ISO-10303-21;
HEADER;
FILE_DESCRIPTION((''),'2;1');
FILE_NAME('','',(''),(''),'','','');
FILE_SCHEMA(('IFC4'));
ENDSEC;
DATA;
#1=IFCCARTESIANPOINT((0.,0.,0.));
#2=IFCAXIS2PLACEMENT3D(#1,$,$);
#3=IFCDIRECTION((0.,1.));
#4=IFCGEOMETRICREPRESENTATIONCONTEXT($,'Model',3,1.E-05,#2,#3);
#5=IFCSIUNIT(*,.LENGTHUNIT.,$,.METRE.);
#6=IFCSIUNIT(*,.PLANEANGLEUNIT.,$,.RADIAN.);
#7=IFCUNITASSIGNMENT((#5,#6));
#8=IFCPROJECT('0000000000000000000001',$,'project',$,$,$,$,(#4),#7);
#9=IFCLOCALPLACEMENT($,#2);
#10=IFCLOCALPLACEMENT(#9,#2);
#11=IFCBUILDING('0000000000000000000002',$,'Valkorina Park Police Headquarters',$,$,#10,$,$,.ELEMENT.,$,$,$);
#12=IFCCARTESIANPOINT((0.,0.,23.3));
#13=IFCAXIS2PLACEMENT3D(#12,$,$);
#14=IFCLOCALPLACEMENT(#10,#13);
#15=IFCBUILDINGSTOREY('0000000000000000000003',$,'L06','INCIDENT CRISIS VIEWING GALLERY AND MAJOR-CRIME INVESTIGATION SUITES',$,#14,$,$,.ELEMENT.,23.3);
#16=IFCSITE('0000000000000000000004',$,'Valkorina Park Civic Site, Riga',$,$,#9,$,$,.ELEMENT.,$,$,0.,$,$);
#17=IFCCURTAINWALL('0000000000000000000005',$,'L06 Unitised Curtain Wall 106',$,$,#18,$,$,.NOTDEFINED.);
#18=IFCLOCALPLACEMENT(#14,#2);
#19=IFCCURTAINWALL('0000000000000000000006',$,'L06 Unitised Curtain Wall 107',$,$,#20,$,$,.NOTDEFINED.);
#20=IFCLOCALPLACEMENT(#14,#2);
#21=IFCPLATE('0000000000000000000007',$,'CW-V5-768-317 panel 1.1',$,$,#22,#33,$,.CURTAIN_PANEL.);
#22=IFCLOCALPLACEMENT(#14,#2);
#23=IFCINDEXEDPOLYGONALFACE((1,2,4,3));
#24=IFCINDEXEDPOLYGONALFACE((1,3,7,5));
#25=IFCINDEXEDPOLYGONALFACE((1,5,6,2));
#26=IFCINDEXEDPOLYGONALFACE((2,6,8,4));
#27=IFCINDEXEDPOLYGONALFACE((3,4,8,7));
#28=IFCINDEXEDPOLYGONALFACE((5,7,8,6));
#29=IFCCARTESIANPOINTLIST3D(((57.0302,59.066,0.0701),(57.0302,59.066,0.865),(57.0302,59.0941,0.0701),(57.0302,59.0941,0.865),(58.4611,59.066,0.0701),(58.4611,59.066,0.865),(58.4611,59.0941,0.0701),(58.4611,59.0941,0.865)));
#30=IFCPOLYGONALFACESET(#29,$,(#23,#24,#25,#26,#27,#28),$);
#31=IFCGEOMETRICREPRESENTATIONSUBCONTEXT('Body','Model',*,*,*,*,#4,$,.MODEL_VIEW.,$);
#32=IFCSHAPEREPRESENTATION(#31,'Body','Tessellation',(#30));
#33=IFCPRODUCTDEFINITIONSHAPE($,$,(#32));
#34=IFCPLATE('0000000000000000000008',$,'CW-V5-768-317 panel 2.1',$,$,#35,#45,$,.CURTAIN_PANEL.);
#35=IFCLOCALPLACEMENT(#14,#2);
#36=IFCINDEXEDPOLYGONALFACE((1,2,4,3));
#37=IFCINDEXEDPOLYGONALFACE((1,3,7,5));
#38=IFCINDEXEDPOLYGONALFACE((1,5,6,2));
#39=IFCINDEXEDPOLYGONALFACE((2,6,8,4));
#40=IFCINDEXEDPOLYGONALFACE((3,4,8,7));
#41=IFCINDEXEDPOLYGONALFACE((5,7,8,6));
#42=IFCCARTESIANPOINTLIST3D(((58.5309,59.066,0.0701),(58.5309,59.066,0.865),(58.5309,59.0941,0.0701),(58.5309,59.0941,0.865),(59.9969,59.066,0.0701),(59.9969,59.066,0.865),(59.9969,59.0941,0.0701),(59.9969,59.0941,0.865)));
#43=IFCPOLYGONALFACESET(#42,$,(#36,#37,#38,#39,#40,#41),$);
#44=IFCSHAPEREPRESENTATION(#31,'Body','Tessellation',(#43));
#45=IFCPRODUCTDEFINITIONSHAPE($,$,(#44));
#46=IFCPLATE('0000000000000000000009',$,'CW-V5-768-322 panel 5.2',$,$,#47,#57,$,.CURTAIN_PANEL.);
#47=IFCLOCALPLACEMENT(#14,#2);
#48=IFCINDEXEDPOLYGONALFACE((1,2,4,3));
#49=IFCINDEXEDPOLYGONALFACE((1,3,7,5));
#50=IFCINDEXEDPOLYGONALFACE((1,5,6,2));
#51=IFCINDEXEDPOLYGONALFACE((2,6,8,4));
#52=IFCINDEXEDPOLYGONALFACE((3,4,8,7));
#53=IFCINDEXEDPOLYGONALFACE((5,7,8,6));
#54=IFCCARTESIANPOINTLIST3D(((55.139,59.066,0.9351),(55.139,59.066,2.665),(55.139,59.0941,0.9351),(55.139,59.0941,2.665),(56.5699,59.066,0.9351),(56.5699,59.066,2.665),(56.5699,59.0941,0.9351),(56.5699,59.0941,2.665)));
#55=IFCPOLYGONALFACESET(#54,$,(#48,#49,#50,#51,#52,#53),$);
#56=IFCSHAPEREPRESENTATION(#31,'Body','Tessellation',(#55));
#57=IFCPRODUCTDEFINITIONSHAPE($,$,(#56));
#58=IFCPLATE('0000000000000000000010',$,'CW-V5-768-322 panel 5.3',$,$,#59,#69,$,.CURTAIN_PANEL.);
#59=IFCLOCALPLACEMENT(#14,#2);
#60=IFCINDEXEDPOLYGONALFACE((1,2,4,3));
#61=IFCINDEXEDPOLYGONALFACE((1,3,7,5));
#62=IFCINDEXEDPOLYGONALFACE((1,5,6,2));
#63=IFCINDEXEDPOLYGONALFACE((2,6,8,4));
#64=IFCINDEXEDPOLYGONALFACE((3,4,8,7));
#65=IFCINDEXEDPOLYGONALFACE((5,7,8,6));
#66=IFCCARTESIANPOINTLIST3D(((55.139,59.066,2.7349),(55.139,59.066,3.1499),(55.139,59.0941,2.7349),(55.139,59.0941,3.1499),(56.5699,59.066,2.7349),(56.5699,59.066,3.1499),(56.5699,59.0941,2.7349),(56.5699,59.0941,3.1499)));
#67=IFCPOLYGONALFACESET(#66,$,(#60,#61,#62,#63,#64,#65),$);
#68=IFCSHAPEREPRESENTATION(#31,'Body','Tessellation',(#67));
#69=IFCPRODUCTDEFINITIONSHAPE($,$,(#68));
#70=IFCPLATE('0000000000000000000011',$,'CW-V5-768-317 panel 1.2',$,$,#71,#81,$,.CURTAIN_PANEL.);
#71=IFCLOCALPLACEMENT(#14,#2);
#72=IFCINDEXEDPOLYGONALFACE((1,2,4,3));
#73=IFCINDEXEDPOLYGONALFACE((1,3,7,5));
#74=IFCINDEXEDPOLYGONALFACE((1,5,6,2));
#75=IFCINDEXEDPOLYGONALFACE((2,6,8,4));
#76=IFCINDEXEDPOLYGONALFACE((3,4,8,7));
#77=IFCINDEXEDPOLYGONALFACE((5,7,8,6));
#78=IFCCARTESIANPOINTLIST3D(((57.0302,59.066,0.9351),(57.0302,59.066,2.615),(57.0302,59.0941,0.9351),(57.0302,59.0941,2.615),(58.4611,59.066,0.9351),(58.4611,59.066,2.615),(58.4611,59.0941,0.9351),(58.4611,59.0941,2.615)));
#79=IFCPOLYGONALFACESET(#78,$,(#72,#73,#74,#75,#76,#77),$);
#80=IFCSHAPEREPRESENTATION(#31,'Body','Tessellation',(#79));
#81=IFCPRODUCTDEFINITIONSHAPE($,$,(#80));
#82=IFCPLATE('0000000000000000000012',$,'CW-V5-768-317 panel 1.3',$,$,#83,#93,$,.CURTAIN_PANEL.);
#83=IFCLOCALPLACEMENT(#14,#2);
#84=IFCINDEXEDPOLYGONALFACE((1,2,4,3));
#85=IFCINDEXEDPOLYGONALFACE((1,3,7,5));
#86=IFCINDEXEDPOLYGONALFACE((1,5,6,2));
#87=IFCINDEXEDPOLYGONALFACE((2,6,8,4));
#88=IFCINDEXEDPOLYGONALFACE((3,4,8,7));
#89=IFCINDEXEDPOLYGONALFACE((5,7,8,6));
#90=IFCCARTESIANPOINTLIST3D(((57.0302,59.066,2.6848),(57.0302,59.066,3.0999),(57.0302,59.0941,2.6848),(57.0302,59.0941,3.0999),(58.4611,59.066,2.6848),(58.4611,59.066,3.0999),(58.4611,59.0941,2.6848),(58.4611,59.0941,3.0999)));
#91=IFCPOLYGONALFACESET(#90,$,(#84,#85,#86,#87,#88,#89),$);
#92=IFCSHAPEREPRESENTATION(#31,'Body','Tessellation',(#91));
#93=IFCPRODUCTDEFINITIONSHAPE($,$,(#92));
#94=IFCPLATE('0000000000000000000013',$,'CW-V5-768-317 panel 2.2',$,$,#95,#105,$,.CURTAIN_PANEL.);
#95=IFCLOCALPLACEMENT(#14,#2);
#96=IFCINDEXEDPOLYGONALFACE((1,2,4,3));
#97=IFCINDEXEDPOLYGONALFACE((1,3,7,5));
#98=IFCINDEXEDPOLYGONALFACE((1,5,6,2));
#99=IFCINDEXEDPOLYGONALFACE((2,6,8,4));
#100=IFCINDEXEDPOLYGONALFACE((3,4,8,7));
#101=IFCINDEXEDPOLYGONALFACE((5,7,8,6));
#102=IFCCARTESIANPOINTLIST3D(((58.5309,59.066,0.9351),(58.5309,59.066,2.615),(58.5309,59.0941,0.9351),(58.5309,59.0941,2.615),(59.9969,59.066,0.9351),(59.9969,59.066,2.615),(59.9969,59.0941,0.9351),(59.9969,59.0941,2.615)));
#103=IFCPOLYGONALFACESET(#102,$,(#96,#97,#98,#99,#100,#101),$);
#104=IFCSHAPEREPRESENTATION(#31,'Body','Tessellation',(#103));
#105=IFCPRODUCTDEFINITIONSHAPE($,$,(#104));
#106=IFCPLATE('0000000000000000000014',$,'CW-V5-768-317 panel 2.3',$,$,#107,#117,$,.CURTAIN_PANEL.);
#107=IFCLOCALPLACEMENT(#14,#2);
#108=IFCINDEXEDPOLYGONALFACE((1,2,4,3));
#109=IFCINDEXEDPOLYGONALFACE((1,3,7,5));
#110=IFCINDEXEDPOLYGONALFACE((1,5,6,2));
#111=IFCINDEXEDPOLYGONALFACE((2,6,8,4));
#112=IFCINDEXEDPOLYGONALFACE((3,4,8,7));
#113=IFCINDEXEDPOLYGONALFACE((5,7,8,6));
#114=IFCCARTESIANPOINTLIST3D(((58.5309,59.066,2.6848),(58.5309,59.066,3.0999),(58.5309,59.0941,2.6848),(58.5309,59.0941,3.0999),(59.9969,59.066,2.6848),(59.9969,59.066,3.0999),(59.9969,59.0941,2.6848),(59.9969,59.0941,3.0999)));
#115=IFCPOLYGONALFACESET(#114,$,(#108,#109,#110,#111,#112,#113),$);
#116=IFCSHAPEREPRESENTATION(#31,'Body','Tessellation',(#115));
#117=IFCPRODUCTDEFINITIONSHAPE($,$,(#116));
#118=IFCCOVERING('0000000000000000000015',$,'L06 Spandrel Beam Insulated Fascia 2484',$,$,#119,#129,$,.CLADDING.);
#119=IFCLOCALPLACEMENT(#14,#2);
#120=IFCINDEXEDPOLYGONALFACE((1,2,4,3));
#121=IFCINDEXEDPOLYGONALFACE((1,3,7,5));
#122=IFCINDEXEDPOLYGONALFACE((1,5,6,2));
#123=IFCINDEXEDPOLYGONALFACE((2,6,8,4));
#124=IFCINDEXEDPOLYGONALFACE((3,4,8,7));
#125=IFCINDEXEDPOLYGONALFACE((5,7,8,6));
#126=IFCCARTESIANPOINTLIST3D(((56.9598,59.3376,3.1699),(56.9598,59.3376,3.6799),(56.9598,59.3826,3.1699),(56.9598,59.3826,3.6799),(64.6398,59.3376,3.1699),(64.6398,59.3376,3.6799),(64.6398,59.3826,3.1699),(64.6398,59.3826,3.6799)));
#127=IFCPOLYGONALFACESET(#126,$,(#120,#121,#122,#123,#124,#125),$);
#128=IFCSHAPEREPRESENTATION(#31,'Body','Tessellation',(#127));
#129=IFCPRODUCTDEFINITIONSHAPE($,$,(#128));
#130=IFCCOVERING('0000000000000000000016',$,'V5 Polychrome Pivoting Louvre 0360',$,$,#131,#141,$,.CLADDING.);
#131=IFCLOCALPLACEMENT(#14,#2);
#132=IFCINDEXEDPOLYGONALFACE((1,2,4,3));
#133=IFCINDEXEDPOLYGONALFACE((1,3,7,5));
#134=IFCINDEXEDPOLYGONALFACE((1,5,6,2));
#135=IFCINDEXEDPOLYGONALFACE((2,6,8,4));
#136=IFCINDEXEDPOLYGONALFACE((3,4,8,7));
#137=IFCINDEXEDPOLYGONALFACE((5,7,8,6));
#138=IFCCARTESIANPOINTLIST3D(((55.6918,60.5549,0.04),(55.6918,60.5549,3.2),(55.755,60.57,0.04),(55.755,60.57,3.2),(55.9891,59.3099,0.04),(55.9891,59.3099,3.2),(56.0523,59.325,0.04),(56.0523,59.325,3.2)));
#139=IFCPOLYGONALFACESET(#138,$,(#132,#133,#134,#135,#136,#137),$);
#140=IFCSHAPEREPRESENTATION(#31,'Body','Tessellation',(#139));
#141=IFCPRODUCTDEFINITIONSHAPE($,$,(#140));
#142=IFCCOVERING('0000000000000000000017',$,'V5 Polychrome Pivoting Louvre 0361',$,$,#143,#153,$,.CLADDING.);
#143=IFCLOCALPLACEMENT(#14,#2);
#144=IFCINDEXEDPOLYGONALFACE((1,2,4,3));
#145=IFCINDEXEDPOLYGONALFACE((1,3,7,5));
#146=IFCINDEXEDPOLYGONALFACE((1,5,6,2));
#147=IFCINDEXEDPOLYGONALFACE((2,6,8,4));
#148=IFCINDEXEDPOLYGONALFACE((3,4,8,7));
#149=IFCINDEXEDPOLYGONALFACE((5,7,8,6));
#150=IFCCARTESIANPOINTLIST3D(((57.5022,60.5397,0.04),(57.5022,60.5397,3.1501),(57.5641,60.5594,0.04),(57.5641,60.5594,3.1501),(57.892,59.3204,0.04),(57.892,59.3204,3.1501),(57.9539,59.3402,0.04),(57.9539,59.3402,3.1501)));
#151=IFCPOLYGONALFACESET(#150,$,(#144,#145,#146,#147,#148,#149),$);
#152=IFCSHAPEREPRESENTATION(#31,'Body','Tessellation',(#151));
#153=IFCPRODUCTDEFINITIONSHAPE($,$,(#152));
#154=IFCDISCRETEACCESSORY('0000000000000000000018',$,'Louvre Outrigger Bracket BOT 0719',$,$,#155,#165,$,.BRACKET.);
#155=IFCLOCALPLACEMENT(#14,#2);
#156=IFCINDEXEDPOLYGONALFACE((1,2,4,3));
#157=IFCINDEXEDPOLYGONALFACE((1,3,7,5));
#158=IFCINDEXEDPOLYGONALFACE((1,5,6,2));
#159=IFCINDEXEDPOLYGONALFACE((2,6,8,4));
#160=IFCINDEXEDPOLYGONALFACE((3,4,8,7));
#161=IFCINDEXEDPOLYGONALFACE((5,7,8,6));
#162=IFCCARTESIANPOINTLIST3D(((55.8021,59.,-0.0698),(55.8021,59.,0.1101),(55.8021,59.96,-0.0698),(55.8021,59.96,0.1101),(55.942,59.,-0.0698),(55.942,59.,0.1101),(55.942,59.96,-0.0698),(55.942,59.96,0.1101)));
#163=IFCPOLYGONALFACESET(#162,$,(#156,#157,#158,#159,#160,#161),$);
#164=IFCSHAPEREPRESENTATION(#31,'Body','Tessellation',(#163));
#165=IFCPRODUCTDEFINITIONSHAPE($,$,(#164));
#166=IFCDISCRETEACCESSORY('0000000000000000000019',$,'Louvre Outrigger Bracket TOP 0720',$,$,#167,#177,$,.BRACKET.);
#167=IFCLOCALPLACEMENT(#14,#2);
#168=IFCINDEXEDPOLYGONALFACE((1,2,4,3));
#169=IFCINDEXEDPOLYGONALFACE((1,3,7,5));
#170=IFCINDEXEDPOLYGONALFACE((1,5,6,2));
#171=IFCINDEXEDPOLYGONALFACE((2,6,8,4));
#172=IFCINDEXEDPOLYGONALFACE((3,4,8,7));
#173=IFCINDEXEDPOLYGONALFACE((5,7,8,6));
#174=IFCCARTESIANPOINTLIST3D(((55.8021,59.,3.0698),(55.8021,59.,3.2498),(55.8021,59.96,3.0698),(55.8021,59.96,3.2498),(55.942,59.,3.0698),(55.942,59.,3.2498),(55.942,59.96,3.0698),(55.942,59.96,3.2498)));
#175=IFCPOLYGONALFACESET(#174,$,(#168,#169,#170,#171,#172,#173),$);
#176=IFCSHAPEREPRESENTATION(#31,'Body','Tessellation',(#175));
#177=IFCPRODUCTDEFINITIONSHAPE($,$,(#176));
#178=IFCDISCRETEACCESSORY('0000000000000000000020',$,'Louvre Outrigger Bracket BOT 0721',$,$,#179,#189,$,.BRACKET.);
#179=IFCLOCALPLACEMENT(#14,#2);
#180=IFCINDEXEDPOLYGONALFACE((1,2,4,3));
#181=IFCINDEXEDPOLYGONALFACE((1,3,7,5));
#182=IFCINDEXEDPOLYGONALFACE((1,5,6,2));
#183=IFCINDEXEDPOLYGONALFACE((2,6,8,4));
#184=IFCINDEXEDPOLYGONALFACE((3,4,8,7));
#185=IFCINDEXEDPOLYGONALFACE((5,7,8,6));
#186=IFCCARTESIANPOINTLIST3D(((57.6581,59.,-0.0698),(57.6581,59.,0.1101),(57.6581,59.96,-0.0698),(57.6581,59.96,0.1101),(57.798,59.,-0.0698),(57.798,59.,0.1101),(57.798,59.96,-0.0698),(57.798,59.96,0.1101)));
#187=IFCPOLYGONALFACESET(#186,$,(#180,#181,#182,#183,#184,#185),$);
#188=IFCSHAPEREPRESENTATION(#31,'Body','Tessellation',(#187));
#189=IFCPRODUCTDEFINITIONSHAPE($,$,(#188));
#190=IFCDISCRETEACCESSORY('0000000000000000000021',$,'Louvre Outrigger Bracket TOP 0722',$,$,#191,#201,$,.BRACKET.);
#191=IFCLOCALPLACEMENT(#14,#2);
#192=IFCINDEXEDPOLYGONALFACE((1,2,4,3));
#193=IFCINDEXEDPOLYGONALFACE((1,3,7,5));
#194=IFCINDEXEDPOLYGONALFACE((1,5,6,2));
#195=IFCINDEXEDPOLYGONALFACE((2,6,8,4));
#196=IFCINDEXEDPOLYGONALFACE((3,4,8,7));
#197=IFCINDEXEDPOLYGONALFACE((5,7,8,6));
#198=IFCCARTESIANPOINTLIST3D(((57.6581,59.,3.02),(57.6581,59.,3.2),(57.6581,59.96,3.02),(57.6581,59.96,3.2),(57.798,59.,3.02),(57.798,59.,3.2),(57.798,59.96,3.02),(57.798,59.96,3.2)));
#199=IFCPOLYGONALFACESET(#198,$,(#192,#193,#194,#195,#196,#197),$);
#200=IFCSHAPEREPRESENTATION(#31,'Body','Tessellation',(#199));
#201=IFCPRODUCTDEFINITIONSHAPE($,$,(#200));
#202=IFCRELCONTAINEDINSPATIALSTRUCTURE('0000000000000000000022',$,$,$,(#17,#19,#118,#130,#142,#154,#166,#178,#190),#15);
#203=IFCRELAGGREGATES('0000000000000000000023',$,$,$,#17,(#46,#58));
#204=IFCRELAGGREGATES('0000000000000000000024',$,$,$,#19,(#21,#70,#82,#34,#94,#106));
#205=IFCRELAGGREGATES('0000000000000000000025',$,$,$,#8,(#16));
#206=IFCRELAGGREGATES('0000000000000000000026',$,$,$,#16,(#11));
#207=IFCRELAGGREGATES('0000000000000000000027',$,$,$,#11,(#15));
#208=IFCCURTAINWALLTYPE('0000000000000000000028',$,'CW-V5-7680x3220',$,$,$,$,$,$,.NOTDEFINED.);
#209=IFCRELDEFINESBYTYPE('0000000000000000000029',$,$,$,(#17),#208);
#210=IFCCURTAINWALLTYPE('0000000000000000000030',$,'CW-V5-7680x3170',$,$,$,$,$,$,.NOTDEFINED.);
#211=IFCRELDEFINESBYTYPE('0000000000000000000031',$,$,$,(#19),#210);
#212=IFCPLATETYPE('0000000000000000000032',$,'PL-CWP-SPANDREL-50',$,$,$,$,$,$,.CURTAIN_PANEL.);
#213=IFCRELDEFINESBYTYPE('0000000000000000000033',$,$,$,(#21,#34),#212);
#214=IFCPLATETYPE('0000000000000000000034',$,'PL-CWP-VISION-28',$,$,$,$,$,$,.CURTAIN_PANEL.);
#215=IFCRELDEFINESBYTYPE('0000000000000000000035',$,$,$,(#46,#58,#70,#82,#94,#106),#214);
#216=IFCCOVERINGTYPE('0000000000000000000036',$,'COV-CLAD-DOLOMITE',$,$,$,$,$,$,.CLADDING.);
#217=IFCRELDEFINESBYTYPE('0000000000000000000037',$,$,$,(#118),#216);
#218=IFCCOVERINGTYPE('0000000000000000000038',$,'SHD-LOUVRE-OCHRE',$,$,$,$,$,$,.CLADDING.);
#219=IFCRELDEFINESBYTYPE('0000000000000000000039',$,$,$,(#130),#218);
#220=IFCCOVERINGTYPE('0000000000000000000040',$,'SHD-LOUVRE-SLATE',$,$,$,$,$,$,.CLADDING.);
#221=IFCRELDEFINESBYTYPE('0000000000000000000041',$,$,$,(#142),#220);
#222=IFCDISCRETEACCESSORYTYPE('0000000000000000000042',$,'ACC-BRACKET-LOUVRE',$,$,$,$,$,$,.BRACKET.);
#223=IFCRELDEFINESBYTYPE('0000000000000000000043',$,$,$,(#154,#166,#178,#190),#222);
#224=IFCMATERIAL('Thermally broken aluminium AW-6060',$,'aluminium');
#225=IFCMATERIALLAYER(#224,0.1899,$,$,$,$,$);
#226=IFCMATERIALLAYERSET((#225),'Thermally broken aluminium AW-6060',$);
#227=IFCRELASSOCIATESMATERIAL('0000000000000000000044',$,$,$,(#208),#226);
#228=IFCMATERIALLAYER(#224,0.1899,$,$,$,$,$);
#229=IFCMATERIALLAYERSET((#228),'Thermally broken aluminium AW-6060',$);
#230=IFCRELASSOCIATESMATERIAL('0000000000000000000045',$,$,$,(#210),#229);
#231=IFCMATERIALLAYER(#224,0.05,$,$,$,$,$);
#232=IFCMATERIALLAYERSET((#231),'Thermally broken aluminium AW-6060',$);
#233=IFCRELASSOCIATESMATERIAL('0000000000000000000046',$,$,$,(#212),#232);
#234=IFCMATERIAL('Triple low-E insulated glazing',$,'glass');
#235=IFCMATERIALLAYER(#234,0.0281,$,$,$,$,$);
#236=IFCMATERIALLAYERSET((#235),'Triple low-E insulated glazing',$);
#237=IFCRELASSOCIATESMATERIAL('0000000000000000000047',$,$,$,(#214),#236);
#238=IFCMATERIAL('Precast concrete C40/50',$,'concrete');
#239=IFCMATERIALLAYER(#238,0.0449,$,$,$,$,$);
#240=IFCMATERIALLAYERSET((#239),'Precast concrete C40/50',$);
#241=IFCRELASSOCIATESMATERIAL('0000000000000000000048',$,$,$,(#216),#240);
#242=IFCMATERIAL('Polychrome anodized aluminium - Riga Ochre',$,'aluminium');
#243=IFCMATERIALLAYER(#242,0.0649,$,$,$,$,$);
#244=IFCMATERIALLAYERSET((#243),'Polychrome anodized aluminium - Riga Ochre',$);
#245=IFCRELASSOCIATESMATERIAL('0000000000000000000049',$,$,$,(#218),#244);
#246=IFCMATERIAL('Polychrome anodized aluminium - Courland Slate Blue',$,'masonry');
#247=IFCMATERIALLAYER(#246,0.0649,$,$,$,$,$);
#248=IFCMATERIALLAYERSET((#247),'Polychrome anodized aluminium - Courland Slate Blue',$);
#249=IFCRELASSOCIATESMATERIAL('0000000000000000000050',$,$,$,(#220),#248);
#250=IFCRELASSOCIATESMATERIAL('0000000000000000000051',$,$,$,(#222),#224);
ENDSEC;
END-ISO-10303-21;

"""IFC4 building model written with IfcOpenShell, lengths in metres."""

from ifc_helpers import new_model, si_unit, direction, frame, frame_2d, origin, origin_2d, place, context, subcontext, project, spatial, rectangle, extrude, material, layer, layer_set, type_object, element, aggregate, save


model = new_model("IFC4")

# Units and contexts
model_context = context("Model", 3, precision=1e-05, world=origin(), true_north=direction((0.0, 1.0)))
body_context = subcontext(model_context, "Body", "Model", "MODEL_VIEW")
ifc_project = project(units=[si_unit("LENGTHUNIT", "METRE"), si_unit("PLANEANGLEUNIT", "RADIAN")], contexts=[model_context])

# Site, building, storey
site_placement = place(None, origin())
site = spatial("IfcSite", under=ifc_project, at=site_placement, Name="Valkorina Park Civic Site, Riga", CompositionType="ELEMENT", RefElevation=0.0)
building_placement = place(site_placement, origin())
building = spatial("IfcBuilding", under=site, at=building_placement, Name="Valkorina Park Police Headquarters", CompositionType="ELEMENT")
storey_placement = place(building_placement, frame((0.0, 0.0, 23.3)))
storey = spatial("IfcBuildingStorey", under=building, at=storey_placement, Name="L06", Description="INCIDENT CRISIS VIEWING GALLERY AND MAJOR-CRIME INVESTIGATION SUITES", CompositionType="ELEMENT", Elevation=23.3)

# Curtain walls
ifc_material_1 = material(Name="Thermally broken aluminium AW-6060", Category="aluminium")
ifc_layer_1 = layer(ifc_material_1, 0.1899)
ifc_layer_set_1 = layer_set([ifc_layer_1], Name="Thermally broken aluminium AW-6060")
curtain_wall_type_1 = type_object("IfcCurtainWallType", Name="CW-V5-7680x3220", PredefinedType="NOTDEFINED", material=ifc_layer_set_1)
curtain_wall_1_placement = place(storey_placement, origin())
curtain_wall_1 = element("IfcCurtainWall", 1, at=curtain_wall_1_placement, inside=storey, type_object=curtain_wall_type_1, Name="L06 Unitised Curtain Wall 106", PredefinedType="NOTDEFINED")
ifc_layer_2 = layer(ifc_material_1, 0.1899)
ifc_layer_set_2 = layer_set([ifc_layer_2], Name="Thermally broken aluminium AW-6060")
curtain_wall_type_2 = type_object("IfcCurtainWallType", Name="CW-V5-7680x3170", PredefinedType="NOTDEFINED", material=ifc_layer_set_2)
curtain_wall_2_placement = place(storey_placement, origin())
curtain_wall_2 = element("IfcCurtainWall", 2, at=curtain_wall_2_placement, inside=storey, type_object=curtain_wall_type_2, Name="L06 Unitised Curtain Wall 107", PredefinedType="NOTDEFINED")

# Plates
ifc_layer_3 = layer(ifc_material_1, 0.05)
ifc_layer_set_3 = layer_set([ifc_layer_3], Name="Thermally broken aluminium AW-6060")
plate_type_1 = type_object("IfcPlateType", Name="PL-CWP-SPANDREL-50", PredefinedType="CURTAIN_PANEL", material=ifc_layer_set_3)
plate_1_placement = place(storey_placement, frame((57.7456, 59.0801, 0.0701), z_axis=(0.0, 0.0, 1.0), x_axis=(1.0, 0.0, 0.0)))
plate_1 = element("IfcPlate", 3, at=plate_1_placement, type_object=plate_type_1, Name="CW-V5-768-317 panel 1.1", PredefinedType="CURTAIN_PANEL", context=body_context, shape_type="SweptSolid", body=[
    extrude(rectangle(XDim=1.4309, YDim=0.0281, at=origin_2d()), origin(), (0.0, 0.0, 1.0), 0.7949),
])
plate_2_placement = place(storey_placement, frame((59.2639, 59.0801, 0.0701), z_axis=(0.0, 0.0, 1.0), x_axis=(1.0, 0.0, 0.0)))
plate_2 = element("IfcPlate", 4, at=plate_2_placement, type_object=plate_type_1, Name="CW-V5-768-317 panel 2.1", PredefinedType="CURTAIN_PANEL", context=body_context, shape_type="SweptSolid", body=[
    extrude(rectangle(XDim=1.4661, YDim=0.0281, at=origin_2d()), origin(), (0.0, 0.0, 1.0), 0.7949),
])
ifc_material_2 = material(Name="Triple low-E insulated glazing", Category="glass")
ifc_layer_4 = layer(ifc_material_2, 0.0281)
ifc_layer_set_4 = layer_set([ifc_layer_4], Name="Triple low-E insulated glazing")
plate_type_2 = type_object("IfcPlateType", Name="PL-CWP-VISION-28", PredefinedType="CURTAIN_PANEL", material=ifc_layer_set_4)
plate_3_placement = place(storey_placement, frame((55.8545, 59.0801, 0.9351), z_axis=(0.0, 0.0, 1.0), x_axis=(1.0, 0.0, 0.0)))
plate_3 = element("IfcPlate", 5, at=plate_3_placement, type_object=plate_type_2, Name="CW-V5-768-322 panel 5.2", PredefinedType="CURTAIN_PANEL", context=body_context, shape_type="SweptSolid", body=[
    extrude(rectangle(XDim=1.4309, YDim=0.0281, at=origin_2d()), origin(), (0.0, 0.0, 1.0), 1.73),
])
plate_4_placement = place(storey_placement, frame((55.8545, 59.0801, 2.7349), z_axis=(0.0, 0.0, 1.0), x_axis=(1.0, 0.0, 0.0)))
plate_4 = element("IfcPlate", 6, at=plate_4_placement, type_object=plate_type_2, Name="CW-V5-768-322 panel 5.3", PredefinedType="CURTAIN_PANEL", context=body_context, shape_type="SweptSolid", body=[
    extrude(rectangle(XDim=1.4309, YDim=0.0281, at=origin_2d()), origin(), (0.0, 0.0, 1.0), 0.415),
])
aggregate(curtain_wall_1, [plate_3, plate_4])
plate_5_placement = place(storey_placement, frame((57.7456, 59.0801, 0.9351), z_axis=(0.0, 0.0, 1.0), x_axis=(1.0, 0.0, 0.0)))
plate_5 = element("IfcPlate", 7, at=plate_5_placement, type_object=plate_type_2, Name="CW-V5-768-317 panel 1.2", PredefinedType="CURTAIN_PANEL", context=body_context, shape_type="SweptSolid", body=[
    extrude(rectangle(XDim=1.4309, YDim=0.0281, at=origin_2d()), origin(), (0.0, 0.0, 1.0), 1.6799),
])
plate_6_placement = place(storey_placement, frame((57.7456, 59.0801, 2.6848), z_axis=(0.0, 0.0, 1.0), x_axis=(1.0, 0.0, 0.0)))
plate_6 = element("IfcPlate", 8, at=plate_6_placement, type_object=plate_type_2, Name="CW-V5-768-317 panel 1.3", PredefinedType="CURTAIN_PANEL", context=body_context, shape_type="SweptSolid", body=[
    extrude(rectangle(XDim=1.4309, YDim=0.0281, at=origin_2d()), origin(), (0.0, 0.0, 1.0), 0.415),
])
plate_7_placement = place(storey_placement, frame((59.2639, 59.0801, 0.9351), z_axis=(0.0, 0.0, 1.0), x_axis=(1.0, 0.0, 0.0)))
plate_7 = element("IfcPlate", 9, at=plate_7_placement, type_object=plate_type_2, Name="CW-V5-768-317 panel 2.2", PredefinedType="CURTAIN_PANEL", context=body_context, shape_type="SweptSolid", body=[
    extrude(rectangle(XDim=1.4661, YDim=0.0281, at=origin_2d()), origin(), (0.0, 0.0, 1.0), 1.6799),
])
plate_8_placement = place(storey_placement, frame((59.2639, 59.0801, 2.6848), z_axis=(0.0, 0.0, 1.0), x_axis=(1.0, 0.0, 0.0)))
plate_8 = element("IfcPlate", 10, at=plate_8_placement, type_object=plate_type_2, Name="CW-V5-768-317 panel 2.3", PredefinedType="CURTAIN_PANEL", context=body_context, shape_type="SweptSolid", body=[
    extrude(rectangle(XDim=1.4661, YDim=0.0281, at=origin_2d()), origin(), (0.0, 0.0, 1.0), 0.415),
])
aggregate(curtain_wall_2, [plate_1, plate_5, plate_6, plate_2, plate_7, plate_8])

# Coverings
ifc_material_3 = material(Name="Precast concrete C40/50", Category="concrete")
ifc_layer_5 = layer(ifc_material_3, 0.0449)
ifc_layer_set_5 = layer_set([ifc_layer_5], Name="Precast concrete C40/50")
covering_type_1 = type_object("IfcCoveringType", Name="COV-CLAD-DOLOMITE", PredefinedType="CLADDING", material=ifc_layer_set_5)
covering_1_placement = place(storey_placement, frame((56.96, 59.3601, 3.1699), z_axis=(0.0, 0.0, 1.0), x_axis=(1.0, 0.0, 0.0)))
element("IfcCovering", 11, at=covering_1_placement, inside=storey, type_object=covering_type_1, Name="L06 Spandrel Beam Insulated Fascia 2484", PredefinedType="CLADDING", context=body_context, shape_type="SweptSolid", body=[
    extrude(rectangle(XDim=7.6799, YDim=0.0449, at=frame_2d((3.8398, 0.0))), origin(), (0.0, 0.0, 1.0), 0.51),
])
ifc_material_4 = material(Name="Polychrome anodized aluminium - Riga Ochre", Category="aluminium")
ifc_layer_6 = layer(ifc_material_4, 0.0649)
ifc_layer_set_6 = layer_set([ifc_layer_6], Name="Polychrome anodized aluminium - Riga Ochre")
covering_type_2 = type_object("IfcCoveringType", Name="SHD-LOUVRE-OCHRE", PredefinedType="CLADDING", material=ifc_layer_set_6)
covering_2_placement = place(storey_placement, frame((55.8721, 59.9399, 0.04), z_axis=(0.0, 0.0, 1.0), x_axis=(-0.232257, 0.972654, 0.0)))
element("IfcCovering", 12, at=covering_2_placement, inside=storey, type_object=covering_type_2, Name="V5 Polychrome Pivoting Louvre 0360", PredefinedType="CLADDING", context=body_context, shape_type="SweptSolid", body=[
    extrude(rectangle(XDim=1.28, YDim=0.0649, at=origin_2d()), origin(), (0.0, 0.0, 1.0), 3.1599),
])
ifc_material_5 = material(Name="Polychrome anodized aluminium - Courland Slate Blue", Category="masonry")
ifc_layer_7 = layer(ifc_material_5, 0.0649)
ifc_layer_set_7 = layer_set([ifc_layer_7], Name="Polychrome anodized aluminium - Courland Slate Blue")
covering_type_3 = type_object("IfcCoveringType", Name="SHD-LOUVRE-SLATE", PredefinedType="CLADDING", material=ifc_layer_set_7)
covering_3_placement = place(storey_placement, frame((57.728, 59.9399, 0.04), z_axis=(0.0, 0.0, 1.0), x_axis=(-0.304532, 0.952502, 0.0)))
element("IfcCovering", 13, at=covering_3_placement, inside=storey, type_object=covering_type_3, Name="V5 Polychrome Pivoting Louvre 0361", PredefinedType="CLADDING", context=body_context, shape_type="SweptSolid", body=[
    extrude(rectangle(XDim=1.28, YDim=0.0649, at=origin_2d()), origin(), (0.0, 0.0, 1.0), 3.1101),
])

# Discrete accessories
discrete_accessory_type = type_object("IfcDiscreteAccessoryType", Name="ACC-BRACKET-LOUVRE", PredefinedType="BRACKET", material=ifc_material_1)
for number, where, z_axis, x_axis, name in (
    (14, (55.8721, 59.48, -0.0698), (0.0, 0.0, 1.0), (0.0, 1.0, 0.0), "Louvre Outrigger Bracket BOT 0719"),
    (15, (55.8721, 59.48, 3.0698), (0.0, 0.0, 1.0), (0.0, 1.0, 0.0), "Louvre Outrigger Bracket TOP 0720"),
    (16, (57.728, 59.48, -0.0698), (0.0, 0.0, 1.0), (0.0, 1.0, 0.0), "Louvre Outrigger Bracket BOT 0721"),
    (17, (57.728, 59.48, 3.02), (0.0, 0.0, 1.0), (0.0, 1.0, 0.0), "Louvre Outrigger Bracket TOP 0722"),
):
    element("IfcDiscreteAccessory", number, at=place(storey_placement, frame(where, z_axis=z_axis, x_axis=x_axis)), inside=storey, type_object=discrete_accessory_type, Name=name, PredefinedType="BRACKET", context=body_context, shape_type="SweptSolid", body=[
        extrude(rectangle(XDim=0.96, YDim=0.1399, at=origin_2d()), origin(), (0.0, 0.0, 1.0), 0.1799),
    ])

save(model, "model.ifc")
